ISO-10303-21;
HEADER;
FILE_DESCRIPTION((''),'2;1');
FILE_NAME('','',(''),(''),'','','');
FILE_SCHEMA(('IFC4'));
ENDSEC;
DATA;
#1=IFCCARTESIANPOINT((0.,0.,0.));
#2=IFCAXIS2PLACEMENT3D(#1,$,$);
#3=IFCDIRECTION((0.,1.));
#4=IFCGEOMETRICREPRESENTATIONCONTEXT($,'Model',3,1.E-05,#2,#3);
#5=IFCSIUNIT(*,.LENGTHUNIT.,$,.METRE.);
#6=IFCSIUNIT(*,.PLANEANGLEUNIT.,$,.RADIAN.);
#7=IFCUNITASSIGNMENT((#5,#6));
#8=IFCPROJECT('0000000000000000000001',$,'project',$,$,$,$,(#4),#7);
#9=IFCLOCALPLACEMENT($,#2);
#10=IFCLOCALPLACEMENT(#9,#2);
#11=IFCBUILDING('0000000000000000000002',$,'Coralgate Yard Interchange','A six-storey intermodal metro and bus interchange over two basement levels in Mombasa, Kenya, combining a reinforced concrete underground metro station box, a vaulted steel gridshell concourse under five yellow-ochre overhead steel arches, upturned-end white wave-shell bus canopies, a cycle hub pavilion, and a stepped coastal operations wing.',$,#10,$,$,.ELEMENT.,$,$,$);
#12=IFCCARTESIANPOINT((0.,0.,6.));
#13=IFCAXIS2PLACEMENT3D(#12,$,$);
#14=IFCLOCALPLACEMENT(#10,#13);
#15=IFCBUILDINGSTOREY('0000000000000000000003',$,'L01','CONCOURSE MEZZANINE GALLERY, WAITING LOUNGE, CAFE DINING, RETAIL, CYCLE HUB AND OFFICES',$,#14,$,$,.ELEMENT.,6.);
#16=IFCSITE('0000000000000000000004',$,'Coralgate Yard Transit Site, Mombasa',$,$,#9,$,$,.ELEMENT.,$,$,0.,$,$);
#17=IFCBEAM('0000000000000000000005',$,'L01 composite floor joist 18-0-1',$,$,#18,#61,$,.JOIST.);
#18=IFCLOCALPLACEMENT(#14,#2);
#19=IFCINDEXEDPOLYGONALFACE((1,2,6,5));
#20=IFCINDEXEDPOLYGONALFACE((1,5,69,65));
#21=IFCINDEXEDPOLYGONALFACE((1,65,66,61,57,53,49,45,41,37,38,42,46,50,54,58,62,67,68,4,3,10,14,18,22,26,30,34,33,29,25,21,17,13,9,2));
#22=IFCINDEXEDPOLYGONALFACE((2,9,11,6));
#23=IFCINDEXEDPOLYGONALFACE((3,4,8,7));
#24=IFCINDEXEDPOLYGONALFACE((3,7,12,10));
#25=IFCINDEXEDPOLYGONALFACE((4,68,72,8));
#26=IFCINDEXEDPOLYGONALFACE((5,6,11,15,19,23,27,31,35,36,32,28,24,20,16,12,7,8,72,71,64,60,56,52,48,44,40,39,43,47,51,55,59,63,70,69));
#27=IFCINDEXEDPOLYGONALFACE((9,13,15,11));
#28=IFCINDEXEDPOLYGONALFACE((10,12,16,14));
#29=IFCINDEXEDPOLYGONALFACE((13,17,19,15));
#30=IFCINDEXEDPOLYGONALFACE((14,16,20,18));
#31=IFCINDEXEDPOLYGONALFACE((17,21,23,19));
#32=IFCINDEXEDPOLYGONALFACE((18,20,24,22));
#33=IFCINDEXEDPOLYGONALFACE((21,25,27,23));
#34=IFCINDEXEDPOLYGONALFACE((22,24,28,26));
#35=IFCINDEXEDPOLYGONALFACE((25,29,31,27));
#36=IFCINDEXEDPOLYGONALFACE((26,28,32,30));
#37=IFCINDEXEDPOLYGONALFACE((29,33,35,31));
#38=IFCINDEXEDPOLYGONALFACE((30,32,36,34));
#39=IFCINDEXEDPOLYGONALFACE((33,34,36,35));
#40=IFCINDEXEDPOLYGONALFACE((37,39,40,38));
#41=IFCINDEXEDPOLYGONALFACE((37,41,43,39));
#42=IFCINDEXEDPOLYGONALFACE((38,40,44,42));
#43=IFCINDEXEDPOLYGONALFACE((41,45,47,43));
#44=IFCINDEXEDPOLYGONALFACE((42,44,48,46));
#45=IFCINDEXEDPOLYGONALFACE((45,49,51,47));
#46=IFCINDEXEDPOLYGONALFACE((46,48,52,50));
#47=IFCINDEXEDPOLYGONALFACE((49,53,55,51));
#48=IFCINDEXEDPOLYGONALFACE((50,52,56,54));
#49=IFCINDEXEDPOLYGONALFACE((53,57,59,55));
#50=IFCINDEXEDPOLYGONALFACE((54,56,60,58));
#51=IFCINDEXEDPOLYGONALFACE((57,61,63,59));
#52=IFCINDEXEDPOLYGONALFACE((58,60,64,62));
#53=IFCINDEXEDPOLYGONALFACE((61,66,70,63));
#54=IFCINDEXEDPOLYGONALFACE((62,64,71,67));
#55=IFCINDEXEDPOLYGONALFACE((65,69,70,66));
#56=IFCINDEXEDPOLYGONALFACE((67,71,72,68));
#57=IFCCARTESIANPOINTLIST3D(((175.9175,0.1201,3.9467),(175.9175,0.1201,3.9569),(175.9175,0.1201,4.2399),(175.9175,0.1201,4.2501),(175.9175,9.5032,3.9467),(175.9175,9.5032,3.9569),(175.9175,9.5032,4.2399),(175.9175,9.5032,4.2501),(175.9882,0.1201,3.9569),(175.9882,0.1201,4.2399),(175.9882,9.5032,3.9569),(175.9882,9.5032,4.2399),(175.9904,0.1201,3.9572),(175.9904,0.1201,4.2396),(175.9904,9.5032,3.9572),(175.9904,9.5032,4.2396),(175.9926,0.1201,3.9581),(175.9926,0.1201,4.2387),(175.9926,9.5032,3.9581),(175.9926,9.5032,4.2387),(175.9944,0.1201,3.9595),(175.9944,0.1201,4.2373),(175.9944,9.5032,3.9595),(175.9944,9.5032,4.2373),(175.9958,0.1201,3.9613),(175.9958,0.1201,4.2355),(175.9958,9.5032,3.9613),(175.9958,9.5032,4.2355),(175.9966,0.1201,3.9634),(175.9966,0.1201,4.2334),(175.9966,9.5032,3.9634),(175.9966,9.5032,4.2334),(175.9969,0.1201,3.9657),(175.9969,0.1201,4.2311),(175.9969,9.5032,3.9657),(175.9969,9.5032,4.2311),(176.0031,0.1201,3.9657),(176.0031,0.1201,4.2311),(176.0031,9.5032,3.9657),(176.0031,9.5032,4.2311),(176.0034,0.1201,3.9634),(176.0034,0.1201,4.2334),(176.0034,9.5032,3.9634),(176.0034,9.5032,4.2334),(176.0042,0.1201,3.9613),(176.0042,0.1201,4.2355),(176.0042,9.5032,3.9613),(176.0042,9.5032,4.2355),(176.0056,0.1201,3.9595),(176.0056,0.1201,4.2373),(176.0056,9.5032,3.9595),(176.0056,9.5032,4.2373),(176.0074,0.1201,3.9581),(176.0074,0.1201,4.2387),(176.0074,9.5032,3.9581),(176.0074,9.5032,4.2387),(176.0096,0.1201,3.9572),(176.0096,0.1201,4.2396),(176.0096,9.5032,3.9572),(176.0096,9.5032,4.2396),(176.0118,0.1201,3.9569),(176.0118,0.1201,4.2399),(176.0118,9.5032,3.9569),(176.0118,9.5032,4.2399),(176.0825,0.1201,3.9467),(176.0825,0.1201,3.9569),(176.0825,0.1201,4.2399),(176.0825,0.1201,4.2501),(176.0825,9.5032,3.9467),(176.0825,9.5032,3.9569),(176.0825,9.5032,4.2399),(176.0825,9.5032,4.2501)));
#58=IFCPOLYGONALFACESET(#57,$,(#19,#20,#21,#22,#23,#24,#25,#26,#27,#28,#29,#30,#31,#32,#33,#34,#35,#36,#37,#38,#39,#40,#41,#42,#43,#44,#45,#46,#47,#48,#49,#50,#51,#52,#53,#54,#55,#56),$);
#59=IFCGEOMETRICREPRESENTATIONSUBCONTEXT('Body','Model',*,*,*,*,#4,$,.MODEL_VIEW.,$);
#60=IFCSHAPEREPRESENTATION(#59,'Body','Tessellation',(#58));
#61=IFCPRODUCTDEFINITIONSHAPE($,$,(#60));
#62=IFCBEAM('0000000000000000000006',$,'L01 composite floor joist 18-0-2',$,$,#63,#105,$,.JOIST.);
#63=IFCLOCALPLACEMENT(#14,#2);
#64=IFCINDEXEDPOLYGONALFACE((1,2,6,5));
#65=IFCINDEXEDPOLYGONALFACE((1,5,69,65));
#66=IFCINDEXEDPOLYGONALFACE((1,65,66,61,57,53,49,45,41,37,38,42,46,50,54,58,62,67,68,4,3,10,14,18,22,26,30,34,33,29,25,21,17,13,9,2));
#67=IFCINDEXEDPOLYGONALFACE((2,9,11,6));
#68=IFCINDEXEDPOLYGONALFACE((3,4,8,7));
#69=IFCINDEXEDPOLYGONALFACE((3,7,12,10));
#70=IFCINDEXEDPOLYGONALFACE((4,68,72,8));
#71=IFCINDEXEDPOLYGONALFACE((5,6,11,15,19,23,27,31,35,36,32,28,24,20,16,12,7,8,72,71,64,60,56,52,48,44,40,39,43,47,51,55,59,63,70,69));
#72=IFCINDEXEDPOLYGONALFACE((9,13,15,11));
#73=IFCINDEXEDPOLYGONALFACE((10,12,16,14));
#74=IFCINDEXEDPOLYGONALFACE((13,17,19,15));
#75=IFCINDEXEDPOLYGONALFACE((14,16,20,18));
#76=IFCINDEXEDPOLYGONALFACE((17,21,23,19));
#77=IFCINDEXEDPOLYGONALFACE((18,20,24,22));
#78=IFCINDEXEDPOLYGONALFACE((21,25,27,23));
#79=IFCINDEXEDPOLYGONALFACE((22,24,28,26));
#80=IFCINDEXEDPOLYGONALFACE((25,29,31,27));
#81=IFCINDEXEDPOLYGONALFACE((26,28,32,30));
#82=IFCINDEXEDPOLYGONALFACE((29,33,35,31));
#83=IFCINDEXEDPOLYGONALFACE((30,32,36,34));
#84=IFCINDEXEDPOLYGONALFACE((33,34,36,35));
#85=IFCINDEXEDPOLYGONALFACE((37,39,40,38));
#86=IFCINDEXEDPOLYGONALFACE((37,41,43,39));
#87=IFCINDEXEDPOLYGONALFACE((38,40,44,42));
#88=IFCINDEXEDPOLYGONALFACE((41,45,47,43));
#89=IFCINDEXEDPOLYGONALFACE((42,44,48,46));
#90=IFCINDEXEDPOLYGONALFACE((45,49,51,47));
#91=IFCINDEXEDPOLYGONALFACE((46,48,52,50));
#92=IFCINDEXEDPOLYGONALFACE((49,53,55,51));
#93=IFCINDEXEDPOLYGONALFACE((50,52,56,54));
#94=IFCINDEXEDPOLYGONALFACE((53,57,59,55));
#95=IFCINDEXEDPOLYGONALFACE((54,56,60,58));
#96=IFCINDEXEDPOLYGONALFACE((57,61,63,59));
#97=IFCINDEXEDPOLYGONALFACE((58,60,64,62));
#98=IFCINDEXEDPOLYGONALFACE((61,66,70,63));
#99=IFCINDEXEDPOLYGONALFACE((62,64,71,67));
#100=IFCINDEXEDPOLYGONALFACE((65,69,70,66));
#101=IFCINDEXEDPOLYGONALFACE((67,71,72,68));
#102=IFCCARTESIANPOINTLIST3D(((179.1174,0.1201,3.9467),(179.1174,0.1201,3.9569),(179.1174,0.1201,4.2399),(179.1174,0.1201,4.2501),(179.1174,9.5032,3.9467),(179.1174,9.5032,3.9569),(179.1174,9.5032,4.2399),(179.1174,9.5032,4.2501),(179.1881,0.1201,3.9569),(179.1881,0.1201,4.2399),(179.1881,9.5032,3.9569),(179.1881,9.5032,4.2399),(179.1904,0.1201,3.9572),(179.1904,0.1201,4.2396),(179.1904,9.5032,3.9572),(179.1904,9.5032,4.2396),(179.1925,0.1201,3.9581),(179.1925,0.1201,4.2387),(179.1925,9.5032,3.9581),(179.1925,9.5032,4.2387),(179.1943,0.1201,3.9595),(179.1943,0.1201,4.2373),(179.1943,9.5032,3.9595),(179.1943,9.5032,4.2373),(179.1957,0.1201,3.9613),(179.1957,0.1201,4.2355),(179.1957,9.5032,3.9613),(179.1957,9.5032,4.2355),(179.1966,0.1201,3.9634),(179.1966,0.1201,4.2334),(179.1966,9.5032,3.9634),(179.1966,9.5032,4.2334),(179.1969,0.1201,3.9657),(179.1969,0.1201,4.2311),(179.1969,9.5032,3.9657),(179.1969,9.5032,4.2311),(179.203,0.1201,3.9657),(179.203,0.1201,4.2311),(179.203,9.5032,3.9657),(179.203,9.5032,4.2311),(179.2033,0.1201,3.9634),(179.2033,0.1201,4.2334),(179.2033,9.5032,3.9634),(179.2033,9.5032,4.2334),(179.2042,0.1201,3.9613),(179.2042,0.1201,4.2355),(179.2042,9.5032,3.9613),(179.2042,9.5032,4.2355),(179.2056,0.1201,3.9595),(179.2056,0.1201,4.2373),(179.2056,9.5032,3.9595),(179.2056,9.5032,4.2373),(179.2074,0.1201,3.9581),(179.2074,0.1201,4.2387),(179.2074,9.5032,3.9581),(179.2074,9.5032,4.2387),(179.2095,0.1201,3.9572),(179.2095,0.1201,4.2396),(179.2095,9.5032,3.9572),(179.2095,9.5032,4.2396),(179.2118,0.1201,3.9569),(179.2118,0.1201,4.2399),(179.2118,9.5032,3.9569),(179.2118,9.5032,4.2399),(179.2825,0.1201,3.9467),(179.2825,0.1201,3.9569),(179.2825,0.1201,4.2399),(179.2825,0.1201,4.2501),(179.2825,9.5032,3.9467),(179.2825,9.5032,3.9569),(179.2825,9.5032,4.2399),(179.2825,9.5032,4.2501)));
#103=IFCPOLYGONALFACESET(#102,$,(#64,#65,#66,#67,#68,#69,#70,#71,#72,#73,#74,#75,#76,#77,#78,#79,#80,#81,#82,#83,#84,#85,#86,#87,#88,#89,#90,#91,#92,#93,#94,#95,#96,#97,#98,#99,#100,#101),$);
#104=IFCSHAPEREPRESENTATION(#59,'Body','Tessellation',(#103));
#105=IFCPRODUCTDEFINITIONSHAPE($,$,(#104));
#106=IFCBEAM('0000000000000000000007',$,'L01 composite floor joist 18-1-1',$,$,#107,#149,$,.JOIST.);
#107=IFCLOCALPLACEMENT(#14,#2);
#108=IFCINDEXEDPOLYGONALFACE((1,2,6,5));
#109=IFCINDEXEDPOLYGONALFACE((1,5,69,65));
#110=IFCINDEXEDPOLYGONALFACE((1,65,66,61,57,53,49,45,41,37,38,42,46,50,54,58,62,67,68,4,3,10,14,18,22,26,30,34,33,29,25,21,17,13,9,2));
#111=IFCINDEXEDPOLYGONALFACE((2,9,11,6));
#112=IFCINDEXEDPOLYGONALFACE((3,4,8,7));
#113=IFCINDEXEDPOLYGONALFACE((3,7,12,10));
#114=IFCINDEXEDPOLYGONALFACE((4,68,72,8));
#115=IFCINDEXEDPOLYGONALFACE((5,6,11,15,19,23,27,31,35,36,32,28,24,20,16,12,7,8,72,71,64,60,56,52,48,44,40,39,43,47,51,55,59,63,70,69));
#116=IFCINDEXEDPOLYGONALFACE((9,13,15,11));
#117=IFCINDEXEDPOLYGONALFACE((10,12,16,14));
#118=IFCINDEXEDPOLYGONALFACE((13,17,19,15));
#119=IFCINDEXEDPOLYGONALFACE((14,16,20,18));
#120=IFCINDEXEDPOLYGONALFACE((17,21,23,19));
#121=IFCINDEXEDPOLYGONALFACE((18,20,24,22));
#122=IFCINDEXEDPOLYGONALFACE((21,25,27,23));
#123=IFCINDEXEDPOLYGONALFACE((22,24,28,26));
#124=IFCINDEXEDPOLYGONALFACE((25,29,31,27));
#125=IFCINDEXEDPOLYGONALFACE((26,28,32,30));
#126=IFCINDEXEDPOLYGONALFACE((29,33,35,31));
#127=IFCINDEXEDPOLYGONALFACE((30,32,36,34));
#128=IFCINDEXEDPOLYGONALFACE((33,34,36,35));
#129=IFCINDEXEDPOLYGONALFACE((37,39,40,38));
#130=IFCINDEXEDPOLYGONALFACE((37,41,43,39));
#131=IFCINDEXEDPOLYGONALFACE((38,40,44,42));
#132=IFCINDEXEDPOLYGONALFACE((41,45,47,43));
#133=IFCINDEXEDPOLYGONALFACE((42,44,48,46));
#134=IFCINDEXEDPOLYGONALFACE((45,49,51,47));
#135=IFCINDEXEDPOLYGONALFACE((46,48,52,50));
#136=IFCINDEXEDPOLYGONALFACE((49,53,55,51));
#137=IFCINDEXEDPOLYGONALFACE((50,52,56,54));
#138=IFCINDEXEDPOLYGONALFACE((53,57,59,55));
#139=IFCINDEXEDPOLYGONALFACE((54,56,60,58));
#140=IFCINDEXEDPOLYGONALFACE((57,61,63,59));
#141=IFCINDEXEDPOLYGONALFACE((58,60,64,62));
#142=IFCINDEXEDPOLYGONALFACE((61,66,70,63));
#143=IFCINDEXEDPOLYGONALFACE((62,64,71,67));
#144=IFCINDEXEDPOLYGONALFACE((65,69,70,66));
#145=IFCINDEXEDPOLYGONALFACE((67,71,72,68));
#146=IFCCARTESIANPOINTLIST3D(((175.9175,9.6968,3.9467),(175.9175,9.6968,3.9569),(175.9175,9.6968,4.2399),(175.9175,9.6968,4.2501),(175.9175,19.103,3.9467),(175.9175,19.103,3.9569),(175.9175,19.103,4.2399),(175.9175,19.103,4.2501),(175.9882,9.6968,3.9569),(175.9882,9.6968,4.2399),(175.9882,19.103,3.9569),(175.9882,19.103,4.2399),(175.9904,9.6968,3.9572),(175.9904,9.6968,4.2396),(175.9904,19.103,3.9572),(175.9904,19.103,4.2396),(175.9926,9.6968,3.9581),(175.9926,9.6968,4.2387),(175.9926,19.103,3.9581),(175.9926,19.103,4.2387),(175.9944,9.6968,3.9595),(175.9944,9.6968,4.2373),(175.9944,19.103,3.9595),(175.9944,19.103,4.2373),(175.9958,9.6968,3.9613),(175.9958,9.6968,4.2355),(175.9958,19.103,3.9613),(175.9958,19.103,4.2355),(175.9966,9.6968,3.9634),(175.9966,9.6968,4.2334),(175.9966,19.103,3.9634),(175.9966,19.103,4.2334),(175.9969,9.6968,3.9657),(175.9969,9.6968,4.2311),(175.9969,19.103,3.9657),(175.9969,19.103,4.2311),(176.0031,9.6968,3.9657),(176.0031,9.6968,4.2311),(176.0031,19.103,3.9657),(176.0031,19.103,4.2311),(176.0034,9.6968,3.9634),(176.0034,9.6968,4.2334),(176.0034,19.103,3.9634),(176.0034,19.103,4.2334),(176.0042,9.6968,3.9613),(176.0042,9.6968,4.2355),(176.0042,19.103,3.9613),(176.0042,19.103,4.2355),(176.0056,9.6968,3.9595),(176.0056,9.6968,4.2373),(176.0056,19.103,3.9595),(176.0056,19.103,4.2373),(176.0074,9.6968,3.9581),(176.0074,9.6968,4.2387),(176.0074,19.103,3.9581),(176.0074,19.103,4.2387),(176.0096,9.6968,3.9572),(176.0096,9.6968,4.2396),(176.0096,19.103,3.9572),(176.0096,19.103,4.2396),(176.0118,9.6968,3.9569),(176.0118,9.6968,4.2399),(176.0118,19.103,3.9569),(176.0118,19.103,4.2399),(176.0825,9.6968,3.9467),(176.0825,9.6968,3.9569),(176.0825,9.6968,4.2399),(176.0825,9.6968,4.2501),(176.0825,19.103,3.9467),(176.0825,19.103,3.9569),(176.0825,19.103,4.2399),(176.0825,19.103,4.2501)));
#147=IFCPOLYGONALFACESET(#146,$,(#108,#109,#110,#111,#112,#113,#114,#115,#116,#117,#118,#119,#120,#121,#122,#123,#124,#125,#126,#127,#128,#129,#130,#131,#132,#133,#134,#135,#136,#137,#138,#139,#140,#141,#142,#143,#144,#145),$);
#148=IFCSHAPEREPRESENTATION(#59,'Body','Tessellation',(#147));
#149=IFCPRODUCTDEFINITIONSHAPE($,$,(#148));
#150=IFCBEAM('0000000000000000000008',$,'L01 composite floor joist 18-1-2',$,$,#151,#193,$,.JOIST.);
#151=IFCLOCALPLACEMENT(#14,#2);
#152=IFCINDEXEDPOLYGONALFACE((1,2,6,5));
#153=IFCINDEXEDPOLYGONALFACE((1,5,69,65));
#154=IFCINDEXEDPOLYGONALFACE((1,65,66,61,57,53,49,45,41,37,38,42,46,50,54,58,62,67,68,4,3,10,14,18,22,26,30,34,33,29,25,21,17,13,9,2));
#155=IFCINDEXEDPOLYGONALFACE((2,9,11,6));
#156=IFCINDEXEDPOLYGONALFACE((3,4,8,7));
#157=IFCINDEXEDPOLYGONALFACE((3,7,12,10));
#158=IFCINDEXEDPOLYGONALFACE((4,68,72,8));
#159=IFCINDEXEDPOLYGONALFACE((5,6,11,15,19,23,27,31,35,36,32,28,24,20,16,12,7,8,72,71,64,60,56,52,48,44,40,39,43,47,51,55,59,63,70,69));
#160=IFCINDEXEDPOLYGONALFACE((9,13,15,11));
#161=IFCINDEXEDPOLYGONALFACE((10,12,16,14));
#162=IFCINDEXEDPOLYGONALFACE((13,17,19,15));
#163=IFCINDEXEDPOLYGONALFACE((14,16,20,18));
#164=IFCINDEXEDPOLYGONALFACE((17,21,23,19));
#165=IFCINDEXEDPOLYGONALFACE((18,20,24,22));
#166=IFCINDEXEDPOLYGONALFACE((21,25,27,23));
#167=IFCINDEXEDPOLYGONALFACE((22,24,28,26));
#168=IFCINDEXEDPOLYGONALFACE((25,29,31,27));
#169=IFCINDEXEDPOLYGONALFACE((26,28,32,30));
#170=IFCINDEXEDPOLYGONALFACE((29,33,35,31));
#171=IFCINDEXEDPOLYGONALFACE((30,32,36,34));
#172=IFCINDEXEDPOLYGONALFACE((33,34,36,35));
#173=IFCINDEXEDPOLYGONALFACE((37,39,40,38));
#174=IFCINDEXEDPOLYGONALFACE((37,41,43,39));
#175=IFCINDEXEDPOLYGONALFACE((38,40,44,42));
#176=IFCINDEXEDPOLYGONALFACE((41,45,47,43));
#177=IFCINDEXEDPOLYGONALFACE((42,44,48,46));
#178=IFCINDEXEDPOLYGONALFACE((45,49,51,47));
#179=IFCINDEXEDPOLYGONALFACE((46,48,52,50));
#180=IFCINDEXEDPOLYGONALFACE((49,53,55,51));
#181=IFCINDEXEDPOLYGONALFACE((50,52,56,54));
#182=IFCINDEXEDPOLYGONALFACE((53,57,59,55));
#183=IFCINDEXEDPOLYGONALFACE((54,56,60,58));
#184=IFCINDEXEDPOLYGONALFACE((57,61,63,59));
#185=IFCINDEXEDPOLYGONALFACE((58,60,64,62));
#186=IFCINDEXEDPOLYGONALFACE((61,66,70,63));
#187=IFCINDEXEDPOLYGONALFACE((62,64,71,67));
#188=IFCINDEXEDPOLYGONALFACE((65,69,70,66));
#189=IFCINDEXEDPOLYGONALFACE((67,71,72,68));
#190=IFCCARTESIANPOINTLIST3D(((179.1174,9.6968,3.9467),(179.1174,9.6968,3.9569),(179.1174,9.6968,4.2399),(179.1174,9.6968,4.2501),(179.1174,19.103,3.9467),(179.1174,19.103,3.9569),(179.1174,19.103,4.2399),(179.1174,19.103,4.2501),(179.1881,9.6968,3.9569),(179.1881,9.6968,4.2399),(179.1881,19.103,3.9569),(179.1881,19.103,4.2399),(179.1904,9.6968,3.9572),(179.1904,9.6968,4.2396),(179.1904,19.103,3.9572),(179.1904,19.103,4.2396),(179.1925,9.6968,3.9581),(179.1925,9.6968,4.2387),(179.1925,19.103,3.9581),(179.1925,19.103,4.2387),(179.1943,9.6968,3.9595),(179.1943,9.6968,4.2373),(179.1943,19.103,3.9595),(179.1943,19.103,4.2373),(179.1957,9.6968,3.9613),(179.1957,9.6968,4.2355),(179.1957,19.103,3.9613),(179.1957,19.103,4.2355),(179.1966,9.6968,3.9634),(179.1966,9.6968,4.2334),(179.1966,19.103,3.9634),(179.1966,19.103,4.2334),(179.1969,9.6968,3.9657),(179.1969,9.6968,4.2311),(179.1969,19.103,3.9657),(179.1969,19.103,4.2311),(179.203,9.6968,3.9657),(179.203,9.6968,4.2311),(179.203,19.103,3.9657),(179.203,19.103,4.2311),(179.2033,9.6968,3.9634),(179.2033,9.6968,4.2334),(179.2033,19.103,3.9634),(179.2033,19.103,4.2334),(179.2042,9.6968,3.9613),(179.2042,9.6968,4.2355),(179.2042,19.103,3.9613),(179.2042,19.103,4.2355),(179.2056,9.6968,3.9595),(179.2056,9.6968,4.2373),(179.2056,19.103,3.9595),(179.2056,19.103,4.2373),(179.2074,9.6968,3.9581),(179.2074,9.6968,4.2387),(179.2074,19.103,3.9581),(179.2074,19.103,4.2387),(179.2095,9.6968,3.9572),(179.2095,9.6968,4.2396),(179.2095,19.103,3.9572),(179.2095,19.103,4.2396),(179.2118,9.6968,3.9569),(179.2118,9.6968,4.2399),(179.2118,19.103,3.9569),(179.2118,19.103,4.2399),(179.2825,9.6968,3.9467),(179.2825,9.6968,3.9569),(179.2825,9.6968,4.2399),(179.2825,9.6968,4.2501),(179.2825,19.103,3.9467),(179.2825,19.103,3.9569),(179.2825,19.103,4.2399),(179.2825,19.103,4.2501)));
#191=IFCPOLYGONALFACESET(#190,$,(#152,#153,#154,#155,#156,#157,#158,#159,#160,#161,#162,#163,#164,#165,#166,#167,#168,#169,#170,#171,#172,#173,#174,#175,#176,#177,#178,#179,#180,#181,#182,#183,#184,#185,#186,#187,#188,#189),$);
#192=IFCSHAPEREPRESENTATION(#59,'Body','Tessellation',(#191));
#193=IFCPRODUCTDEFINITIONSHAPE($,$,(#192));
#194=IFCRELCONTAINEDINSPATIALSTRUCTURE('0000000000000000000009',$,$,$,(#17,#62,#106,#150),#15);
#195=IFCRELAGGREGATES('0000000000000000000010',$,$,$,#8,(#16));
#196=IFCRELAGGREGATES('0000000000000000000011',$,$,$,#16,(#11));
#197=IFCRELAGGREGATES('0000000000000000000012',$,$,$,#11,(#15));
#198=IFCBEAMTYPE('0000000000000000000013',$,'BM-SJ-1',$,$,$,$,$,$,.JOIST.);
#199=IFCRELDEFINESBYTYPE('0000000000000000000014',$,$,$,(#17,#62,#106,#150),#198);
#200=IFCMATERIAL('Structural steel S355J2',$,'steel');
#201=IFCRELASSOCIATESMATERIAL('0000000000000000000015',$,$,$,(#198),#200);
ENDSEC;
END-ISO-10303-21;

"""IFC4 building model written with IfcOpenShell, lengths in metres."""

from ifc_helpers import new_model, si_unit, direction, frame, origin, origin_2d, place, context, subcontext, project, spatial, i_section, extrude, material, material_profile, profile_set, type_object, element, save


model = new_model("IFC4")

# Units and contexts
model_context = context("Model", 3, precision=1e-05, world=origin(), true_north=direction((0.0, 1.0)))
body_context = subcontext(model_context, "Body", "Model", "MODEL_VIEW")
ifc_project = project(units=[si_unit("LENGTHUNIT", "METRE"), si_unit("PLANEANGLEUNIT", "RADIAN")], contexts=[model_context])

# Site, building, storey
site_placement = place(None, origin())
site = spatial("IfcSite", under=ifc_project, at=site_placement, Name="Coralgate Yard Transit Site, Mombasa", CompositionType="ELEMENT", RefElevation=0.0)
building_placement = place(site_placement, origin())
building = spatial("IfcBuilding", under=site, at=building_placement, Name="Coralgate Yard Interchange", Description="A six-storey intermodal metro and bus interchange over two basement levels in Mombasa, Kenya, combining a reinforced concrete underground metro station box, a vaulted steel gridshell concourse under five yellow-ochre overhead steel arches, upturned-end white wave-shell bus canopies, a cycle hub pavilion, and a stepped coastal operations wing.", CompositionType="ELEMENT")
storey_placement = place(building_placement, frame((0.0, 0.0, 6.0)))
storey = spatial("IfcBuildingStorey", under=building, at=storey_placement, Name="L01", Description="CONCOURSE MEZZANINE GALLERY, WAITING LOUNGE, CAFE DINING, RETAIL, CYCLE HUB AND OFFICES", CompositionType="ELEMENT", Elevation=6.0)

# Shared definitions
ifc_material_1 = material(Name="Structural steel S355J2", Category="steel")

# Beams
ifc_material_profile_1 = material_profile(ifc_material_1, i_section(OverallWidth=0.165, OverallDepth=0.3035, WebThickness=0.0061, FlangeThickness=0.0103, FilletRadius=0.0088, at=origin_2d()), Name="UB 305x165x40")
ifc_profile_set_1 = profile_set([ifc_material_profile_1], Name="Structural steel S355J2")
beam_type_1 = type_object("IfcBeamType", Name="BM-SJ-1", PredefinedType="JOIST", material=ifc_profile_set_1)
for number, where, z_axis, x_axis, name in (
    (1, (176.0, 0.1201, 4.0984), (0.0, 1.0, 0.0), (-1.0, 0.0, 0.0), "L01 composite floor joist 18-0-1"),
    (2, (179.2, 0.1201, 4.0984), (0.0, 1.0, 0.0), (-1.0, 0.0, 0.0), "L01 composite floor joist 18-0-2"),
):
    element("IfcBeam", number, at=place(storey_placement, frame(where, z_axis=z_axis, x_axis=x_axis)), inside=storey, type_object=beam_type_1, Name=name, PredefinedType="JOIST", context=body_context, shape_type="SweptSolid", body=[
        extrude(i_section(OverallWidth=0.165, OverallDepth=0.3035, WebThickness=0.0061, FlangeThickness=0.0103, FilletRadius=0.0088, at=origin_2d()), origin(), (0.0, 0.0, 1.0), 9.3831),
    ])
for number, where, z_axis, x_axis, name in (
    (3, (176.0, 9.6968, 4.0984), (0.0, 1.0, 0.0), (-1.0, 0.0, 0.0), "L01 composite floor joist 18-1-1"),
    (4, (179.2, 9.6968, 4.0984), (0.0, 1.0, 0.0), (-1.0, 0.0, 0.0), "L01 composite floor joist 18-1-2"),
):
    element("IfcBeam", number, at=place(storey_placement, frame(where, z_axis=z_axis, x_axis=x_axis)), inside=storey, type_object=beam_type_1, Name=name, PredefinedType="JOIST", context=body_context, shape_type="SweptSolid", body=[
        extrude(i_section(OverallWidth=0.165, OverallDepth=0.3035, WebThickness=0.0061, FlangeThickness=0.0103, FilletRadius=0.0088, at=origin_2d()), origin(), (0.0, 0.0, 1.0), 9.4062),
    ])

save(model, "model.ifc")
